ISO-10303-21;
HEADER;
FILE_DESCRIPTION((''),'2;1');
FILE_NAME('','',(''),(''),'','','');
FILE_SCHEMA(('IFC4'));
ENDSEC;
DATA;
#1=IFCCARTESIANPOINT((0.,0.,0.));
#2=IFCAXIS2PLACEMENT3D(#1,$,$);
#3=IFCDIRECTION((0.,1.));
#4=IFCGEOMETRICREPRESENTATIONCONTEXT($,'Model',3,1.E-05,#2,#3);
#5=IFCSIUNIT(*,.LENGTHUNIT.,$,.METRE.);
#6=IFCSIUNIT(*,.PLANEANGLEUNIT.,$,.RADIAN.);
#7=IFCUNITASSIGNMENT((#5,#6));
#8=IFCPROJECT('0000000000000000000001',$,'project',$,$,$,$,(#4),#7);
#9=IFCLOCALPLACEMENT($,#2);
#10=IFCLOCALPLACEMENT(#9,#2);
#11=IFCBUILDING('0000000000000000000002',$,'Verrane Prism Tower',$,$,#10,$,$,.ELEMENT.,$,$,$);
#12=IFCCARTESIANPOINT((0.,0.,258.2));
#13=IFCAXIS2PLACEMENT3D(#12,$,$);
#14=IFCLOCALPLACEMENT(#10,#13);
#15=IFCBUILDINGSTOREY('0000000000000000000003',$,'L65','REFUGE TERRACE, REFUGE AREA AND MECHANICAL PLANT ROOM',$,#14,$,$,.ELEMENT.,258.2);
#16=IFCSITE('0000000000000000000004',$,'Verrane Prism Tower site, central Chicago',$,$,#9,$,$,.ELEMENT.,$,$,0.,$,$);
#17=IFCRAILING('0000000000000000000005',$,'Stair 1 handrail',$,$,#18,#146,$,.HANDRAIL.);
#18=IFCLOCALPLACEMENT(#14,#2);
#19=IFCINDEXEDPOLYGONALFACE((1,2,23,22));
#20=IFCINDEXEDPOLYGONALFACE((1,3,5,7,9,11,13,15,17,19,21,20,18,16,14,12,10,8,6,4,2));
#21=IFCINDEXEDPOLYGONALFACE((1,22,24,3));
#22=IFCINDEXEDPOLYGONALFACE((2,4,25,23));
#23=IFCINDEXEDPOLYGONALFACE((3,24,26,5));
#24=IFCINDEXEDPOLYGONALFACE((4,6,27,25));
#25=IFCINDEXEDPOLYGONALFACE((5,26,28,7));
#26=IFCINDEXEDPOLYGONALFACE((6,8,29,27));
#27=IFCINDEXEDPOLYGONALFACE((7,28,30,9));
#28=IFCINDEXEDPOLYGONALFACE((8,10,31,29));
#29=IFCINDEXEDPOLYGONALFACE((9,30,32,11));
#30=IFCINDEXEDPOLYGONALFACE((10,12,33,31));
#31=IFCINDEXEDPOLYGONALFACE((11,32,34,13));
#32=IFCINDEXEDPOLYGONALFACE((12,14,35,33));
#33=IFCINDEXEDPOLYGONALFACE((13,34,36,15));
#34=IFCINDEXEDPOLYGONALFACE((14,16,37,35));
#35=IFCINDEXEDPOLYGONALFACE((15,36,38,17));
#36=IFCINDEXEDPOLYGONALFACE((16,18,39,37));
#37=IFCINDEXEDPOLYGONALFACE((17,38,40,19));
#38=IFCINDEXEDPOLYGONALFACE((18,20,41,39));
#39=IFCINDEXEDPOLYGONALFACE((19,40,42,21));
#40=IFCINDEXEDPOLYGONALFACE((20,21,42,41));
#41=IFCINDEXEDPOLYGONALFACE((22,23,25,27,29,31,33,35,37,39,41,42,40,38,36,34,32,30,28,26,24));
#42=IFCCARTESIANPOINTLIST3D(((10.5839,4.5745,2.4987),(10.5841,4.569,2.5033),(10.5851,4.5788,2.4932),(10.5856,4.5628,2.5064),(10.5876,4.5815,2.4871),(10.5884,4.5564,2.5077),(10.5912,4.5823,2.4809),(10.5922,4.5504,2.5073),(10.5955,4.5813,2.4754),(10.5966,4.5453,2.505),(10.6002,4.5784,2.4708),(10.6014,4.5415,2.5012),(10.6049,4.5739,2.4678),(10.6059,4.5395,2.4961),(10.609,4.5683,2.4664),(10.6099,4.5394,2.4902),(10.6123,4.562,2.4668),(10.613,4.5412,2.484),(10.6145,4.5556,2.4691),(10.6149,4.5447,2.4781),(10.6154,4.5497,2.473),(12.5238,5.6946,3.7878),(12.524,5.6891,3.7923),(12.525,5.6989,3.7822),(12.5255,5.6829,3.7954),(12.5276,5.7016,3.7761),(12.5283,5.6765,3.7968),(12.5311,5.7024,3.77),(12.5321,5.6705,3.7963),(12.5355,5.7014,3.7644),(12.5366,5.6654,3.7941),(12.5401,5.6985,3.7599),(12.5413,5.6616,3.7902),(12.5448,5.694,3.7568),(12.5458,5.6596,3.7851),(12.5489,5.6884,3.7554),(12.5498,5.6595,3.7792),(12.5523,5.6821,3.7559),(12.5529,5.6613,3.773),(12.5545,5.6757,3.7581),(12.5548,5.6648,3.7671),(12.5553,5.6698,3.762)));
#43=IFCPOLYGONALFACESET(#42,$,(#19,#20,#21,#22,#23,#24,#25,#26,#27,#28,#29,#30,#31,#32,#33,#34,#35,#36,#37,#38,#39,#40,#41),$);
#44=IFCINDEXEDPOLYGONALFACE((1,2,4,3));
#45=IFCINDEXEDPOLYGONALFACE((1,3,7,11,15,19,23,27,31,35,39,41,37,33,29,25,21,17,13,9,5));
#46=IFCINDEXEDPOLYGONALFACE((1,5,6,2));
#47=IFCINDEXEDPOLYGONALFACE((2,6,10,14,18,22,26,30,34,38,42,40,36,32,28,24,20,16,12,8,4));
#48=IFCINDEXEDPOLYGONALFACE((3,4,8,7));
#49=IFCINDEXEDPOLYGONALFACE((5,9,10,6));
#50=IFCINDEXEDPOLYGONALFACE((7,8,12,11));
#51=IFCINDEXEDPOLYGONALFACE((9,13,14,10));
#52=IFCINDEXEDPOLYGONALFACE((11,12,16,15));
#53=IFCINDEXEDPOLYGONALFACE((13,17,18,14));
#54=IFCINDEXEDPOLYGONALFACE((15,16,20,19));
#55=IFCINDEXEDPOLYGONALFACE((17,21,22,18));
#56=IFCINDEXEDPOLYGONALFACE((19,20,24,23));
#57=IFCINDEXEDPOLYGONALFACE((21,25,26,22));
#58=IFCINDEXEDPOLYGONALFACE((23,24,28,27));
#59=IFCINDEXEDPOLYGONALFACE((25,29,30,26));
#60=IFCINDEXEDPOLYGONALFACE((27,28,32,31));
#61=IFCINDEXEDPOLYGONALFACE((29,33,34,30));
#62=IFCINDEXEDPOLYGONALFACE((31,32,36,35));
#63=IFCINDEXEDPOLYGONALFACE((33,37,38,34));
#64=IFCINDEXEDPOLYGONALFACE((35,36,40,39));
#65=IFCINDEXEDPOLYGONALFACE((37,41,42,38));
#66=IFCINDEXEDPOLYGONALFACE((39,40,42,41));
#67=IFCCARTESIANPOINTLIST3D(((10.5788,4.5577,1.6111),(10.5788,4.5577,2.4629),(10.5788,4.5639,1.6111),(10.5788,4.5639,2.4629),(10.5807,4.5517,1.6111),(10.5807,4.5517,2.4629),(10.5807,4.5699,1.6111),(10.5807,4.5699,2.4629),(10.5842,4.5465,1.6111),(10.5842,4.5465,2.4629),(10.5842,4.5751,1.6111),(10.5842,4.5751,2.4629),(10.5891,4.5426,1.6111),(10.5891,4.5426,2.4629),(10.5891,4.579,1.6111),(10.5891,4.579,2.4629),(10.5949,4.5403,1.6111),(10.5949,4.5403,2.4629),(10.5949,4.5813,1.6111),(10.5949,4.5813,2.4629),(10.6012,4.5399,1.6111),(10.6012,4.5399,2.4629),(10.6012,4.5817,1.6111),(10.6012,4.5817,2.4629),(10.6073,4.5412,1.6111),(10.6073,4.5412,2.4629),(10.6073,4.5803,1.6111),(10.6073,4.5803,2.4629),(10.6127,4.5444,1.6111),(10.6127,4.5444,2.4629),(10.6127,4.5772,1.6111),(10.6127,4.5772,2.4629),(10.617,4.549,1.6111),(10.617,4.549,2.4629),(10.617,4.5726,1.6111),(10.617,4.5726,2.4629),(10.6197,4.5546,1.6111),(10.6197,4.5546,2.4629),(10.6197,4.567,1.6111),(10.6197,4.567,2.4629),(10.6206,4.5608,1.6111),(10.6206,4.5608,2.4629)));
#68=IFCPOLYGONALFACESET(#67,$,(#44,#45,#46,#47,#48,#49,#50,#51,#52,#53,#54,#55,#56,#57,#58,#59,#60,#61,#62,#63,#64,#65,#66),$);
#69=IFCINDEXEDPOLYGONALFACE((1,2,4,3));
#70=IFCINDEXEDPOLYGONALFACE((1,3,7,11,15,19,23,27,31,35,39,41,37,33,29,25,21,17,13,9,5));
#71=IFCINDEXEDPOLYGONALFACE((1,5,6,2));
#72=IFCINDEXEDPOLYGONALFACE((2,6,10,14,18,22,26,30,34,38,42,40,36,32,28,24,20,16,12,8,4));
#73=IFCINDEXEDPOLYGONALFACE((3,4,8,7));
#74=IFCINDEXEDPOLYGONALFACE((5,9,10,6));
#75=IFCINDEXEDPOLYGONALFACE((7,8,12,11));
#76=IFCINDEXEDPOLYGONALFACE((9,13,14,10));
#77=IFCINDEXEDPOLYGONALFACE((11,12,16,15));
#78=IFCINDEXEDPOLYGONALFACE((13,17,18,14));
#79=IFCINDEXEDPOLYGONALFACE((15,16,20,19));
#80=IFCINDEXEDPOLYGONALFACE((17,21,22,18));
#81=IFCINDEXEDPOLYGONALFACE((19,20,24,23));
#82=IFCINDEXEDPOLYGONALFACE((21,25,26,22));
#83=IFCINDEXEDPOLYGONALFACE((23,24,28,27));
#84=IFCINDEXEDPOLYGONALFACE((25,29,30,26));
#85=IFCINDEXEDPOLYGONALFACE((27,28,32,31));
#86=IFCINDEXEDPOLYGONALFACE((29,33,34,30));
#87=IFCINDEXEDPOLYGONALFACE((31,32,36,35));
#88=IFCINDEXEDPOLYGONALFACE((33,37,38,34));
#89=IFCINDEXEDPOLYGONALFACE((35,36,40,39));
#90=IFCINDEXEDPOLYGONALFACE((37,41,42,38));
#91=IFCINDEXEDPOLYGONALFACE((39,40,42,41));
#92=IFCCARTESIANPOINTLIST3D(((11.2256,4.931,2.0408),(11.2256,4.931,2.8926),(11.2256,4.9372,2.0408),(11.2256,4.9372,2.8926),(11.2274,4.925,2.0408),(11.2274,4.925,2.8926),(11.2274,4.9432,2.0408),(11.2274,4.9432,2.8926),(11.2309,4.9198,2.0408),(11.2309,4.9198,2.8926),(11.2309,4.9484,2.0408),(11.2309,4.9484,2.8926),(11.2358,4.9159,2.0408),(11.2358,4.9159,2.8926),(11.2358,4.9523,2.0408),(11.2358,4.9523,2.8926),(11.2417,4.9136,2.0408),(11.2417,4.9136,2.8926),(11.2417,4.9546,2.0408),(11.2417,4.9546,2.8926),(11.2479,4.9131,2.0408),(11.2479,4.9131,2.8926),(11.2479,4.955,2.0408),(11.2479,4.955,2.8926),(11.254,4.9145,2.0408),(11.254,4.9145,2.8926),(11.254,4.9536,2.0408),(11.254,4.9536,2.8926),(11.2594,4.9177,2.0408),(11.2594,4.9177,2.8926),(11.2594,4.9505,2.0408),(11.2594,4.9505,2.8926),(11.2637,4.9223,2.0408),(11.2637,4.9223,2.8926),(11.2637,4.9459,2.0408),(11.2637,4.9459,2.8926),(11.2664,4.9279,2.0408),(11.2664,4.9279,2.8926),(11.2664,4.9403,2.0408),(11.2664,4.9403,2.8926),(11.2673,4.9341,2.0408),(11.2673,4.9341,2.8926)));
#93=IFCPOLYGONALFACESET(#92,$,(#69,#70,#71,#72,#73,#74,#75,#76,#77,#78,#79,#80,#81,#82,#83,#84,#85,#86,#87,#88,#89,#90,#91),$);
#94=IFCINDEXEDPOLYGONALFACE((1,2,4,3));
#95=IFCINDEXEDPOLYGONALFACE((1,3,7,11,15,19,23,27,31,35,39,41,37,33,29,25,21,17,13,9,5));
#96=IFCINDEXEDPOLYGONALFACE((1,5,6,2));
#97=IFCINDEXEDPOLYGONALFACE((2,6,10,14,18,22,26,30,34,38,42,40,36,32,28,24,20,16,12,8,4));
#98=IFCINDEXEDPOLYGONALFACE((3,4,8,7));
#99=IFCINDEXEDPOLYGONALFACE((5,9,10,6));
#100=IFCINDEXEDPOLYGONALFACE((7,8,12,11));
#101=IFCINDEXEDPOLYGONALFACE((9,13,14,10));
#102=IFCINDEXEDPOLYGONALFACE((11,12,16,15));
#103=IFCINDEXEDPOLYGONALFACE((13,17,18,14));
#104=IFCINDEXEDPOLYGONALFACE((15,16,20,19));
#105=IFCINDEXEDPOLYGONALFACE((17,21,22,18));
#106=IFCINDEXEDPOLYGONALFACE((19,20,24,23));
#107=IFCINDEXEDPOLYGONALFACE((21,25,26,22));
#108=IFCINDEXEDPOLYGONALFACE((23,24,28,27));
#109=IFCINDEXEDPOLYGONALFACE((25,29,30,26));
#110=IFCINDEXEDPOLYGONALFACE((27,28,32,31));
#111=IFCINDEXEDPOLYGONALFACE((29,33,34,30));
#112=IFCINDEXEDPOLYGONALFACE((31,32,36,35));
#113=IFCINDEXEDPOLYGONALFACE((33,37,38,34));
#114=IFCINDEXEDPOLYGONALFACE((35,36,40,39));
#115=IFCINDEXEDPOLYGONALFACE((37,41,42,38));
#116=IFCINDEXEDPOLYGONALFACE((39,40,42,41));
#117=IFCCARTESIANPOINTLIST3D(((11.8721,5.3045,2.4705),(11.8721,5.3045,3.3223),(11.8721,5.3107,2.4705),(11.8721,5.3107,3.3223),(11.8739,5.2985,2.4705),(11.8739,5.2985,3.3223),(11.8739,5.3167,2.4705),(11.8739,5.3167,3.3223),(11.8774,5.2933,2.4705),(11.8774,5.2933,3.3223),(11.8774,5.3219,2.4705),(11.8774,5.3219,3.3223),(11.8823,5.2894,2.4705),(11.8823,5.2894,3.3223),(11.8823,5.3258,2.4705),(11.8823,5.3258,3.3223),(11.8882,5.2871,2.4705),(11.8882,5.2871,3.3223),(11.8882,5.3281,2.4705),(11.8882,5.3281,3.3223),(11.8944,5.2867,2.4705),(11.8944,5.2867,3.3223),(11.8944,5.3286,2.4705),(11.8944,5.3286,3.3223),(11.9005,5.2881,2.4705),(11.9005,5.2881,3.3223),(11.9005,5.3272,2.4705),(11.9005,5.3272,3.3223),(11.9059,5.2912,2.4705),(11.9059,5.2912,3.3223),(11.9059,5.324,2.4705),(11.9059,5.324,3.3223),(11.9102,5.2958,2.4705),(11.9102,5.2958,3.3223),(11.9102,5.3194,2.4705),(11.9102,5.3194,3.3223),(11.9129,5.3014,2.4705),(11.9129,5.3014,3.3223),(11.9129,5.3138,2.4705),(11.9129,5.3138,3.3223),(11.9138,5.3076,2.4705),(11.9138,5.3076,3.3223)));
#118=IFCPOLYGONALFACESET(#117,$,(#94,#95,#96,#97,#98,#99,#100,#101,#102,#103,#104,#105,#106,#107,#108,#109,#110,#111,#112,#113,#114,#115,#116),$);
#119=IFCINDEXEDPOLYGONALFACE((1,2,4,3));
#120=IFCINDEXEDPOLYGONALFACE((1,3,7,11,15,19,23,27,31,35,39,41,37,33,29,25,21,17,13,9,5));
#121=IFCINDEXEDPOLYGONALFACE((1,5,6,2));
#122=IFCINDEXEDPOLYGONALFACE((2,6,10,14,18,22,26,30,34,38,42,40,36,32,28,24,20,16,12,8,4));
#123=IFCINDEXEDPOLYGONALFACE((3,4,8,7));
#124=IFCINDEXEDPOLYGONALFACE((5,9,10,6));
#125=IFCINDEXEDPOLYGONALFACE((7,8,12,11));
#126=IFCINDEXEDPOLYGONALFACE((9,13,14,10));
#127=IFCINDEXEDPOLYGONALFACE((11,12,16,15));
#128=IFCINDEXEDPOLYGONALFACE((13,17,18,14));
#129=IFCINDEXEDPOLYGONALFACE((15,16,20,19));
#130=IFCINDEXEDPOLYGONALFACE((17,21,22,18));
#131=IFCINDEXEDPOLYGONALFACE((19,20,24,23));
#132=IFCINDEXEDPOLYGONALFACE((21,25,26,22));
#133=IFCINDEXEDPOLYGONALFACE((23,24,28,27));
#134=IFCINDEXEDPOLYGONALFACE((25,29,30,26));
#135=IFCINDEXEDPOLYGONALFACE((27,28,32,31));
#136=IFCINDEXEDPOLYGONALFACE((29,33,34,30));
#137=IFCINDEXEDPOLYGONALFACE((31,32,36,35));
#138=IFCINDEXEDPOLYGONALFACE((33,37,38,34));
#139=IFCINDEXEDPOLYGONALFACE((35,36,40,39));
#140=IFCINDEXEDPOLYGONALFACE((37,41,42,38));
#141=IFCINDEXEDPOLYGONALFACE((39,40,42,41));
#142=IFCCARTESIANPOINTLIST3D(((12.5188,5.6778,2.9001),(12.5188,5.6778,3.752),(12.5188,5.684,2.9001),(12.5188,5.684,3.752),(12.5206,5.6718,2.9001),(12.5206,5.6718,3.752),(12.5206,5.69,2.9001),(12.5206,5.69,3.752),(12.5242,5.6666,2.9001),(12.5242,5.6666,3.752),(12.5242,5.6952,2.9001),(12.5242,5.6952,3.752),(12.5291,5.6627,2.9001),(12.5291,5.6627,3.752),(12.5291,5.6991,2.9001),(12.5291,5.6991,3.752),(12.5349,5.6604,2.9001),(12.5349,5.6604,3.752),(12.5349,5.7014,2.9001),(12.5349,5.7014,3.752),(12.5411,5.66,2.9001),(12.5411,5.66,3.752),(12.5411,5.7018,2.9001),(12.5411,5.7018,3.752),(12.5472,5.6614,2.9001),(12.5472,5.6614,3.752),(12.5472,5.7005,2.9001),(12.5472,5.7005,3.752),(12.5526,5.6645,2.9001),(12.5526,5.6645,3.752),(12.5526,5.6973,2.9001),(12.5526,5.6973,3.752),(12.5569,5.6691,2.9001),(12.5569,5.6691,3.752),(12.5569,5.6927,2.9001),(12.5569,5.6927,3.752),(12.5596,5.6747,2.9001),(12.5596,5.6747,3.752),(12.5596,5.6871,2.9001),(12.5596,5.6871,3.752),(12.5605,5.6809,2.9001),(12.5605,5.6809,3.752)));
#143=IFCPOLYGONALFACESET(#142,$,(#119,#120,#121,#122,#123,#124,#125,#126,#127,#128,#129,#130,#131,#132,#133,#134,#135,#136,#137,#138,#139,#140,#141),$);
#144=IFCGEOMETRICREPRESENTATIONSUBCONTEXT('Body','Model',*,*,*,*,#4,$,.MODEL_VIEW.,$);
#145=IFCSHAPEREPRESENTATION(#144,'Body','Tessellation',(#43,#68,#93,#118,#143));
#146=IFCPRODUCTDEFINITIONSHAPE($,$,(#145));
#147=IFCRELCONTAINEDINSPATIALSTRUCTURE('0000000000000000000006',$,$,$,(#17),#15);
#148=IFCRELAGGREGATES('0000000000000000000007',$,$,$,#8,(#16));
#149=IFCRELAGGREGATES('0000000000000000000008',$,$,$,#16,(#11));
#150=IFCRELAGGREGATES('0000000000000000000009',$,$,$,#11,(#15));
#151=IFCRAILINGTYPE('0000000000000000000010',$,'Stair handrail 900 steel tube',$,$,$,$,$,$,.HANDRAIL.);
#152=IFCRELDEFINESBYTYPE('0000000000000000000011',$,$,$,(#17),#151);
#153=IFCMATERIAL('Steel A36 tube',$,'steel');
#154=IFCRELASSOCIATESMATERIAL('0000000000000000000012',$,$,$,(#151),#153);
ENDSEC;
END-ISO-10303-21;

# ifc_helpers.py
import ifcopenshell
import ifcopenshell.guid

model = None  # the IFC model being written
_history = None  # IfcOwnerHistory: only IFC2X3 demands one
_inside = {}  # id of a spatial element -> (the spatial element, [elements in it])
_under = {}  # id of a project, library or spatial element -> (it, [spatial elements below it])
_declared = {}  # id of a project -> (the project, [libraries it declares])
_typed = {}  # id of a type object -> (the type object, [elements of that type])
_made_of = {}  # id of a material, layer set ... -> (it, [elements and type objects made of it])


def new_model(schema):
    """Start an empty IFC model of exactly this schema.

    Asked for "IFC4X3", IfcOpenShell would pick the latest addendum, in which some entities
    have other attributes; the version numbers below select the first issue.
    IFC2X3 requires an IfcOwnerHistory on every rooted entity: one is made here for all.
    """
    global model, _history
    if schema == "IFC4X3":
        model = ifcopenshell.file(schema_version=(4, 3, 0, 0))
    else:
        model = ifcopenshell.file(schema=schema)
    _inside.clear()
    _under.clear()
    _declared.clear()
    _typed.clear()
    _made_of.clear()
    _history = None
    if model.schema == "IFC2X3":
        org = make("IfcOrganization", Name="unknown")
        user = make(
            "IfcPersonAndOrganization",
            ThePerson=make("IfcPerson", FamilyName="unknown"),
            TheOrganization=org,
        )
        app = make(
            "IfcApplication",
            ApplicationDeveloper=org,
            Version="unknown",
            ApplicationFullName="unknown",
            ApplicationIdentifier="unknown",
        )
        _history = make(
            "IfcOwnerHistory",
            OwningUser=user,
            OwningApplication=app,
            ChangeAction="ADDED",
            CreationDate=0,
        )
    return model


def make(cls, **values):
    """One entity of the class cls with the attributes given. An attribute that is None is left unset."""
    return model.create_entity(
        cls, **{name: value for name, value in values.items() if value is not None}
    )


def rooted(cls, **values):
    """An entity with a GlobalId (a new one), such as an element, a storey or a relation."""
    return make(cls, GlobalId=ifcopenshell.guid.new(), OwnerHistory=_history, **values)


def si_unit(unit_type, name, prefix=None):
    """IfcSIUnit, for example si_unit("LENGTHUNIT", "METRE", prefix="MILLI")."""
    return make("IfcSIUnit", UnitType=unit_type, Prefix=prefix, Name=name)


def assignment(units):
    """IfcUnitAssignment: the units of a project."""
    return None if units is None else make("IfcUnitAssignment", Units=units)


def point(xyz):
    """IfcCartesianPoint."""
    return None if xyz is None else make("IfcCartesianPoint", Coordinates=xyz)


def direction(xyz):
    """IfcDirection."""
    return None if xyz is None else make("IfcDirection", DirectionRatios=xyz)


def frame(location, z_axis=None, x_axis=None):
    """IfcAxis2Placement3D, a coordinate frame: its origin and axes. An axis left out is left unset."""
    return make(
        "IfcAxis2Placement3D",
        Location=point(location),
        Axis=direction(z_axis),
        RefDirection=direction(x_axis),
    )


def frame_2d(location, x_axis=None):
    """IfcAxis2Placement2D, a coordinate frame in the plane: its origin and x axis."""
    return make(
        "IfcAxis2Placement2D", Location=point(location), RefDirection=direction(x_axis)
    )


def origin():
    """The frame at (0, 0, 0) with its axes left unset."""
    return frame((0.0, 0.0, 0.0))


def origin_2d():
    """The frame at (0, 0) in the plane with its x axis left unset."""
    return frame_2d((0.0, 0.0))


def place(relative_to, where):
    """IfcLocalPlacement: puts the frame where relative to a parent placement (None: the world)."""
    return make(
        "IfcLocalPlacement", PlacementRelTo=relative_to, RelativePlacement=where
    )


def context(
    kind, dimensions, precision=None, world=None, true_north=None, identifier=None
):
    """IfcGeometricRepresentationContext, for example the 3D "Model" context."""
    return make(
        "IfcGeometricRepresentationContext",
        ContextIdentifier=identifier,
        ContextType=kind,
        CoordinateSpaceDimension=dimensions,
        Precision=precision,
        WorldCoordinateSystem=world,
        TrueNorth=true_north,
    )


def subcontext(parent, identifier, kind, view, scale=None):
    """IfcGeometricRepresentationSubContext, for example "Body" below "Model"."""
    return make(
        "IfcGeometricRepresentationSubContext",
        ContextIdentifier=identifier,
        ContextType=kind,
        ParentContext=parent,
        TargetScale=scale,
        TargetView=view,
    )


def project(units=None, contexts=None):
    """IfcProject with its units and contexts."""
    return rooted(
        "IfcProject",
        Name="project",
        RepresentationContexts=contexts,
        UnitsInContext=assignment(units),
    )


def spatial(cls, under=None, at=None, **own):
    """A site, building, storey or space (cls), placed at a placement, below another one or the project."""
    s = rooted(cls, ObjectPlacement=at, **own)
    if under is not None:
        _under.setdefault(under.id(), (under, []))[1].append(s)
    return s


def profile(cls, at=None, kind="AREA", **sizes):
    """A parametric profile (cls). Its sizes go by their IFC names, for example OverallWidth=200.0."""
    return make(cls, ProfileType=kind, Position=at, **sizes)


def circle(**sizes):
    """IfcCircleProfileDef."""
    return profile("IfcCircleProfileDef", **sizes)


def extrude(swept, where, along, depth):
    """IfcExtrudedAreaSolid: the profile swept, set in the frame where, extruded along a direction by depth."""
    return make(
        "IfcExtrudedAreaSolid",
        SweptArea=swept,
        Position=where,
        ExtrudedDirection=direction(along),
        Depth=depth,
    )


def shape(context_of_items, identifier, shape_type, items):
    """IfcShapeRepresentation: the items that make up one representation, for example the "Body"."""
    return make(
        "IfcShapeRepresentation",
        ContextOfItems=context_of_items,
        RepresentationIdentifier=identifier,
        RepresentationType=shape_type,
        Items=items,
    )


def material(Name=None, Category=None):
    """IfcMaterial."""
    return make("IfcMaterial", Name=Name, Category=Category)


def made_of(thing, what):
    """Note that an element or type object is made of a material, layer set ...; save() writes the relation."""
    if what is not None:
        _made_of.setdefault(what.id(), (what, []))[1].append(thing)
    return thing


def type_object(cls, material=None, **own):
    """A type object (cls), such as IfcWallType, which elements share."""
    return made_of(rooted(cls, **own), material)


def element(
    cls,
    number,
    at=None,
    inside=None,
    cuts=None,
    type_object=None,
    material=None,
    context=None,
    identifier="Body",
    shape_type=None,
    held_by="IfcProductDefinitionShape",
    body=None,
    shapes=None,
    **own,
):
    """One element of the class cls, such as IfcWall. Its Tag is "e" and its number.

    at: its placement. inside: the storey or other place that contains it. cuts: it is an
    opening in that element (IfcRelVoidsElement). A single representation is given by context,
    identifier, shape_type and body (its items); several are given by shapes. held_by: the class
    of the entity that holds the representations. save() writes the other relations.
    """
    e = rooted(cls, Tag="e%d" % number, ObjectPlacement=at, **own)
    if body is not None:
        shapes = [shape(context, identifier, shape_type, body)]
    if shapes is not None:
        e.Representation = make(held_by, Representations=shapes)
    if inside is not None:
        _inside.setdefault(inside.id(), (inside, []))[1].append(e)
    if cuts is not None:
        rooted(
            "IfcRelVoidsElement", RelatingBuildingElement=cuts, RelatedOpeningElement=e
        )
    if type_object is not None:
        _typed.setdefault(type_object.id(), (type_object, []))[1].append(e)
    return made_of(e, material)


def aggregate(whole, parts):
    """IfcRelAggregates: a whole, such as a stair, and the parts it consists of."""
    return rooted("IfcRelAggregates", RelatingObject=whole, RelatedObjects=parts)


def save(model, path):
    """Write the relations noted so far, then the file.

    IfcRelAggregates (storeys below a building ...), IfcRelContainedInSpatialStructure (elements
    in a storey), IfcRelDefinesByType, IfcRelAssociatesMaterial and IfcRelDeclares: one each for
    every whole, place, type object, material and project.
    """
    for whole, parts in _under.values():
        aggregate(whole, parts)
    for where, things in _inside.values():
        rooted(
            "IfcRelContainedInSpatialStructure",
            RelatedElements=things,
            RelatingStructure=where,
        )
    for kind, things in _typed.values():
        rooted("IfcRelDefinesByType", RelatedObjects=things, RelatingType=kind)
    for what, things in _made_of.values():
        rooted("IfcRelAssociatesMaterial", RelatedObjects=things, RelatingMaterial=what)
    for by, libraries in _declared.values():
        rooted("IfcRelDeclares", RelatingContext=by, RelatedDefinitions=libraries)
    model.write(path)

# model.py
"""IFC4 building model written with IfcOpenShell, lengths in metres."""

from ifc_helpers import new_model, si_unit, direction, frame, origin, origin_2d, place, context, subcontext, project, spatial, circle, extrude, material, type_object, element, save


model = new_model("IFC4")

# Units and contexts
model_context = context("Model", 3, precision=1e-05, world=origin(), true_north=direction((0.0, 1.0)))
body_context = subcontext(model_context, "Body", "Model", "MODEL_VIEW")
ifc_project = project(units=[si_unit("LENGTHUNIT", "METRE"), si_unit("PLANEANGLEUNIT", "RADIAN")], contexts=[model_context])

# Site, building, storey
site_placement = place(None, origin())
site = spatial("IfcSite", under=ifc_project, at=site_placement, Name="Verrane Prism Tower site, central Chicago", CompositionType="ELEMENT", RefElevation=0.0)
building_placement = place(site_placement, origin())
building = spatial("IfcBuilding", under=site, at=building_placement, Name="Verrane Prism Tower", CompositionType="ELEMENT")
storey_placement = place(building_placement, frame((0.0, 0.0, 258.2)))
storey = spatial("IfcBuildingStorey", under=building, at=storey_placement, Name="L65", Description="REFUGE TERRACE, REFUGE AREA AND MECHANICAL PLANT ROOM", CompositionType="ELEMENT", Elevation=258.2)

# Railing
ifc_material_1 = material(Name="Steel A36 tube", Category="steel")
railing_type_1 = type_object("IfcRailingType", Name="Stair handrail 900 steel tube", PredefinedType="HANDRAIL", material=ifc_material_1)
railing_1_placement = place(storey_placement, frame((10.5996, 4.5608, 1.6111)))
element("IfcRailing", 1, at=railing_1_placement, inside=storey, type_object=railing_type_1, Name="Stair 1 handrail", PredefinedType="HANDRAIL", context=body_context, shape_type="SweptSolid", body=[
    extrude(circle(Radius=0.0239, at=origin_2d()), frame((0.0, 0.0, 0.876), z_axis=(0.750602, 0.433396, 0.498764), x_axis=(-0.500031, 0.866008, 0.0)), (0.0, 0.0, 1.0), 2.5845),
    extrude(circle(Radius=0.021, at=origin_2d()), origin(), (0.0, 0.0, 1.0), 0.8518),
    extrude(circle(Radius=0.021, at=origin_2d()), frame((0.6467, 0.3733, 0.4297)), (0.0, 0.0, 1.0), 0.8518),
    extrude(circle(Radius=0.021, at=origin_2d()), frame((1.2932, 0.7468, 0.8594)), (0.0, 0.0, 1.0), 0.8518),
    extrude(circle(Radius=0.021, at=origin_2d()), frame((1.9399, 1.1201, 1.2891)), (0.0, 0.0, 1.0), 0.8518),
])

save(model, "model.ifc")
